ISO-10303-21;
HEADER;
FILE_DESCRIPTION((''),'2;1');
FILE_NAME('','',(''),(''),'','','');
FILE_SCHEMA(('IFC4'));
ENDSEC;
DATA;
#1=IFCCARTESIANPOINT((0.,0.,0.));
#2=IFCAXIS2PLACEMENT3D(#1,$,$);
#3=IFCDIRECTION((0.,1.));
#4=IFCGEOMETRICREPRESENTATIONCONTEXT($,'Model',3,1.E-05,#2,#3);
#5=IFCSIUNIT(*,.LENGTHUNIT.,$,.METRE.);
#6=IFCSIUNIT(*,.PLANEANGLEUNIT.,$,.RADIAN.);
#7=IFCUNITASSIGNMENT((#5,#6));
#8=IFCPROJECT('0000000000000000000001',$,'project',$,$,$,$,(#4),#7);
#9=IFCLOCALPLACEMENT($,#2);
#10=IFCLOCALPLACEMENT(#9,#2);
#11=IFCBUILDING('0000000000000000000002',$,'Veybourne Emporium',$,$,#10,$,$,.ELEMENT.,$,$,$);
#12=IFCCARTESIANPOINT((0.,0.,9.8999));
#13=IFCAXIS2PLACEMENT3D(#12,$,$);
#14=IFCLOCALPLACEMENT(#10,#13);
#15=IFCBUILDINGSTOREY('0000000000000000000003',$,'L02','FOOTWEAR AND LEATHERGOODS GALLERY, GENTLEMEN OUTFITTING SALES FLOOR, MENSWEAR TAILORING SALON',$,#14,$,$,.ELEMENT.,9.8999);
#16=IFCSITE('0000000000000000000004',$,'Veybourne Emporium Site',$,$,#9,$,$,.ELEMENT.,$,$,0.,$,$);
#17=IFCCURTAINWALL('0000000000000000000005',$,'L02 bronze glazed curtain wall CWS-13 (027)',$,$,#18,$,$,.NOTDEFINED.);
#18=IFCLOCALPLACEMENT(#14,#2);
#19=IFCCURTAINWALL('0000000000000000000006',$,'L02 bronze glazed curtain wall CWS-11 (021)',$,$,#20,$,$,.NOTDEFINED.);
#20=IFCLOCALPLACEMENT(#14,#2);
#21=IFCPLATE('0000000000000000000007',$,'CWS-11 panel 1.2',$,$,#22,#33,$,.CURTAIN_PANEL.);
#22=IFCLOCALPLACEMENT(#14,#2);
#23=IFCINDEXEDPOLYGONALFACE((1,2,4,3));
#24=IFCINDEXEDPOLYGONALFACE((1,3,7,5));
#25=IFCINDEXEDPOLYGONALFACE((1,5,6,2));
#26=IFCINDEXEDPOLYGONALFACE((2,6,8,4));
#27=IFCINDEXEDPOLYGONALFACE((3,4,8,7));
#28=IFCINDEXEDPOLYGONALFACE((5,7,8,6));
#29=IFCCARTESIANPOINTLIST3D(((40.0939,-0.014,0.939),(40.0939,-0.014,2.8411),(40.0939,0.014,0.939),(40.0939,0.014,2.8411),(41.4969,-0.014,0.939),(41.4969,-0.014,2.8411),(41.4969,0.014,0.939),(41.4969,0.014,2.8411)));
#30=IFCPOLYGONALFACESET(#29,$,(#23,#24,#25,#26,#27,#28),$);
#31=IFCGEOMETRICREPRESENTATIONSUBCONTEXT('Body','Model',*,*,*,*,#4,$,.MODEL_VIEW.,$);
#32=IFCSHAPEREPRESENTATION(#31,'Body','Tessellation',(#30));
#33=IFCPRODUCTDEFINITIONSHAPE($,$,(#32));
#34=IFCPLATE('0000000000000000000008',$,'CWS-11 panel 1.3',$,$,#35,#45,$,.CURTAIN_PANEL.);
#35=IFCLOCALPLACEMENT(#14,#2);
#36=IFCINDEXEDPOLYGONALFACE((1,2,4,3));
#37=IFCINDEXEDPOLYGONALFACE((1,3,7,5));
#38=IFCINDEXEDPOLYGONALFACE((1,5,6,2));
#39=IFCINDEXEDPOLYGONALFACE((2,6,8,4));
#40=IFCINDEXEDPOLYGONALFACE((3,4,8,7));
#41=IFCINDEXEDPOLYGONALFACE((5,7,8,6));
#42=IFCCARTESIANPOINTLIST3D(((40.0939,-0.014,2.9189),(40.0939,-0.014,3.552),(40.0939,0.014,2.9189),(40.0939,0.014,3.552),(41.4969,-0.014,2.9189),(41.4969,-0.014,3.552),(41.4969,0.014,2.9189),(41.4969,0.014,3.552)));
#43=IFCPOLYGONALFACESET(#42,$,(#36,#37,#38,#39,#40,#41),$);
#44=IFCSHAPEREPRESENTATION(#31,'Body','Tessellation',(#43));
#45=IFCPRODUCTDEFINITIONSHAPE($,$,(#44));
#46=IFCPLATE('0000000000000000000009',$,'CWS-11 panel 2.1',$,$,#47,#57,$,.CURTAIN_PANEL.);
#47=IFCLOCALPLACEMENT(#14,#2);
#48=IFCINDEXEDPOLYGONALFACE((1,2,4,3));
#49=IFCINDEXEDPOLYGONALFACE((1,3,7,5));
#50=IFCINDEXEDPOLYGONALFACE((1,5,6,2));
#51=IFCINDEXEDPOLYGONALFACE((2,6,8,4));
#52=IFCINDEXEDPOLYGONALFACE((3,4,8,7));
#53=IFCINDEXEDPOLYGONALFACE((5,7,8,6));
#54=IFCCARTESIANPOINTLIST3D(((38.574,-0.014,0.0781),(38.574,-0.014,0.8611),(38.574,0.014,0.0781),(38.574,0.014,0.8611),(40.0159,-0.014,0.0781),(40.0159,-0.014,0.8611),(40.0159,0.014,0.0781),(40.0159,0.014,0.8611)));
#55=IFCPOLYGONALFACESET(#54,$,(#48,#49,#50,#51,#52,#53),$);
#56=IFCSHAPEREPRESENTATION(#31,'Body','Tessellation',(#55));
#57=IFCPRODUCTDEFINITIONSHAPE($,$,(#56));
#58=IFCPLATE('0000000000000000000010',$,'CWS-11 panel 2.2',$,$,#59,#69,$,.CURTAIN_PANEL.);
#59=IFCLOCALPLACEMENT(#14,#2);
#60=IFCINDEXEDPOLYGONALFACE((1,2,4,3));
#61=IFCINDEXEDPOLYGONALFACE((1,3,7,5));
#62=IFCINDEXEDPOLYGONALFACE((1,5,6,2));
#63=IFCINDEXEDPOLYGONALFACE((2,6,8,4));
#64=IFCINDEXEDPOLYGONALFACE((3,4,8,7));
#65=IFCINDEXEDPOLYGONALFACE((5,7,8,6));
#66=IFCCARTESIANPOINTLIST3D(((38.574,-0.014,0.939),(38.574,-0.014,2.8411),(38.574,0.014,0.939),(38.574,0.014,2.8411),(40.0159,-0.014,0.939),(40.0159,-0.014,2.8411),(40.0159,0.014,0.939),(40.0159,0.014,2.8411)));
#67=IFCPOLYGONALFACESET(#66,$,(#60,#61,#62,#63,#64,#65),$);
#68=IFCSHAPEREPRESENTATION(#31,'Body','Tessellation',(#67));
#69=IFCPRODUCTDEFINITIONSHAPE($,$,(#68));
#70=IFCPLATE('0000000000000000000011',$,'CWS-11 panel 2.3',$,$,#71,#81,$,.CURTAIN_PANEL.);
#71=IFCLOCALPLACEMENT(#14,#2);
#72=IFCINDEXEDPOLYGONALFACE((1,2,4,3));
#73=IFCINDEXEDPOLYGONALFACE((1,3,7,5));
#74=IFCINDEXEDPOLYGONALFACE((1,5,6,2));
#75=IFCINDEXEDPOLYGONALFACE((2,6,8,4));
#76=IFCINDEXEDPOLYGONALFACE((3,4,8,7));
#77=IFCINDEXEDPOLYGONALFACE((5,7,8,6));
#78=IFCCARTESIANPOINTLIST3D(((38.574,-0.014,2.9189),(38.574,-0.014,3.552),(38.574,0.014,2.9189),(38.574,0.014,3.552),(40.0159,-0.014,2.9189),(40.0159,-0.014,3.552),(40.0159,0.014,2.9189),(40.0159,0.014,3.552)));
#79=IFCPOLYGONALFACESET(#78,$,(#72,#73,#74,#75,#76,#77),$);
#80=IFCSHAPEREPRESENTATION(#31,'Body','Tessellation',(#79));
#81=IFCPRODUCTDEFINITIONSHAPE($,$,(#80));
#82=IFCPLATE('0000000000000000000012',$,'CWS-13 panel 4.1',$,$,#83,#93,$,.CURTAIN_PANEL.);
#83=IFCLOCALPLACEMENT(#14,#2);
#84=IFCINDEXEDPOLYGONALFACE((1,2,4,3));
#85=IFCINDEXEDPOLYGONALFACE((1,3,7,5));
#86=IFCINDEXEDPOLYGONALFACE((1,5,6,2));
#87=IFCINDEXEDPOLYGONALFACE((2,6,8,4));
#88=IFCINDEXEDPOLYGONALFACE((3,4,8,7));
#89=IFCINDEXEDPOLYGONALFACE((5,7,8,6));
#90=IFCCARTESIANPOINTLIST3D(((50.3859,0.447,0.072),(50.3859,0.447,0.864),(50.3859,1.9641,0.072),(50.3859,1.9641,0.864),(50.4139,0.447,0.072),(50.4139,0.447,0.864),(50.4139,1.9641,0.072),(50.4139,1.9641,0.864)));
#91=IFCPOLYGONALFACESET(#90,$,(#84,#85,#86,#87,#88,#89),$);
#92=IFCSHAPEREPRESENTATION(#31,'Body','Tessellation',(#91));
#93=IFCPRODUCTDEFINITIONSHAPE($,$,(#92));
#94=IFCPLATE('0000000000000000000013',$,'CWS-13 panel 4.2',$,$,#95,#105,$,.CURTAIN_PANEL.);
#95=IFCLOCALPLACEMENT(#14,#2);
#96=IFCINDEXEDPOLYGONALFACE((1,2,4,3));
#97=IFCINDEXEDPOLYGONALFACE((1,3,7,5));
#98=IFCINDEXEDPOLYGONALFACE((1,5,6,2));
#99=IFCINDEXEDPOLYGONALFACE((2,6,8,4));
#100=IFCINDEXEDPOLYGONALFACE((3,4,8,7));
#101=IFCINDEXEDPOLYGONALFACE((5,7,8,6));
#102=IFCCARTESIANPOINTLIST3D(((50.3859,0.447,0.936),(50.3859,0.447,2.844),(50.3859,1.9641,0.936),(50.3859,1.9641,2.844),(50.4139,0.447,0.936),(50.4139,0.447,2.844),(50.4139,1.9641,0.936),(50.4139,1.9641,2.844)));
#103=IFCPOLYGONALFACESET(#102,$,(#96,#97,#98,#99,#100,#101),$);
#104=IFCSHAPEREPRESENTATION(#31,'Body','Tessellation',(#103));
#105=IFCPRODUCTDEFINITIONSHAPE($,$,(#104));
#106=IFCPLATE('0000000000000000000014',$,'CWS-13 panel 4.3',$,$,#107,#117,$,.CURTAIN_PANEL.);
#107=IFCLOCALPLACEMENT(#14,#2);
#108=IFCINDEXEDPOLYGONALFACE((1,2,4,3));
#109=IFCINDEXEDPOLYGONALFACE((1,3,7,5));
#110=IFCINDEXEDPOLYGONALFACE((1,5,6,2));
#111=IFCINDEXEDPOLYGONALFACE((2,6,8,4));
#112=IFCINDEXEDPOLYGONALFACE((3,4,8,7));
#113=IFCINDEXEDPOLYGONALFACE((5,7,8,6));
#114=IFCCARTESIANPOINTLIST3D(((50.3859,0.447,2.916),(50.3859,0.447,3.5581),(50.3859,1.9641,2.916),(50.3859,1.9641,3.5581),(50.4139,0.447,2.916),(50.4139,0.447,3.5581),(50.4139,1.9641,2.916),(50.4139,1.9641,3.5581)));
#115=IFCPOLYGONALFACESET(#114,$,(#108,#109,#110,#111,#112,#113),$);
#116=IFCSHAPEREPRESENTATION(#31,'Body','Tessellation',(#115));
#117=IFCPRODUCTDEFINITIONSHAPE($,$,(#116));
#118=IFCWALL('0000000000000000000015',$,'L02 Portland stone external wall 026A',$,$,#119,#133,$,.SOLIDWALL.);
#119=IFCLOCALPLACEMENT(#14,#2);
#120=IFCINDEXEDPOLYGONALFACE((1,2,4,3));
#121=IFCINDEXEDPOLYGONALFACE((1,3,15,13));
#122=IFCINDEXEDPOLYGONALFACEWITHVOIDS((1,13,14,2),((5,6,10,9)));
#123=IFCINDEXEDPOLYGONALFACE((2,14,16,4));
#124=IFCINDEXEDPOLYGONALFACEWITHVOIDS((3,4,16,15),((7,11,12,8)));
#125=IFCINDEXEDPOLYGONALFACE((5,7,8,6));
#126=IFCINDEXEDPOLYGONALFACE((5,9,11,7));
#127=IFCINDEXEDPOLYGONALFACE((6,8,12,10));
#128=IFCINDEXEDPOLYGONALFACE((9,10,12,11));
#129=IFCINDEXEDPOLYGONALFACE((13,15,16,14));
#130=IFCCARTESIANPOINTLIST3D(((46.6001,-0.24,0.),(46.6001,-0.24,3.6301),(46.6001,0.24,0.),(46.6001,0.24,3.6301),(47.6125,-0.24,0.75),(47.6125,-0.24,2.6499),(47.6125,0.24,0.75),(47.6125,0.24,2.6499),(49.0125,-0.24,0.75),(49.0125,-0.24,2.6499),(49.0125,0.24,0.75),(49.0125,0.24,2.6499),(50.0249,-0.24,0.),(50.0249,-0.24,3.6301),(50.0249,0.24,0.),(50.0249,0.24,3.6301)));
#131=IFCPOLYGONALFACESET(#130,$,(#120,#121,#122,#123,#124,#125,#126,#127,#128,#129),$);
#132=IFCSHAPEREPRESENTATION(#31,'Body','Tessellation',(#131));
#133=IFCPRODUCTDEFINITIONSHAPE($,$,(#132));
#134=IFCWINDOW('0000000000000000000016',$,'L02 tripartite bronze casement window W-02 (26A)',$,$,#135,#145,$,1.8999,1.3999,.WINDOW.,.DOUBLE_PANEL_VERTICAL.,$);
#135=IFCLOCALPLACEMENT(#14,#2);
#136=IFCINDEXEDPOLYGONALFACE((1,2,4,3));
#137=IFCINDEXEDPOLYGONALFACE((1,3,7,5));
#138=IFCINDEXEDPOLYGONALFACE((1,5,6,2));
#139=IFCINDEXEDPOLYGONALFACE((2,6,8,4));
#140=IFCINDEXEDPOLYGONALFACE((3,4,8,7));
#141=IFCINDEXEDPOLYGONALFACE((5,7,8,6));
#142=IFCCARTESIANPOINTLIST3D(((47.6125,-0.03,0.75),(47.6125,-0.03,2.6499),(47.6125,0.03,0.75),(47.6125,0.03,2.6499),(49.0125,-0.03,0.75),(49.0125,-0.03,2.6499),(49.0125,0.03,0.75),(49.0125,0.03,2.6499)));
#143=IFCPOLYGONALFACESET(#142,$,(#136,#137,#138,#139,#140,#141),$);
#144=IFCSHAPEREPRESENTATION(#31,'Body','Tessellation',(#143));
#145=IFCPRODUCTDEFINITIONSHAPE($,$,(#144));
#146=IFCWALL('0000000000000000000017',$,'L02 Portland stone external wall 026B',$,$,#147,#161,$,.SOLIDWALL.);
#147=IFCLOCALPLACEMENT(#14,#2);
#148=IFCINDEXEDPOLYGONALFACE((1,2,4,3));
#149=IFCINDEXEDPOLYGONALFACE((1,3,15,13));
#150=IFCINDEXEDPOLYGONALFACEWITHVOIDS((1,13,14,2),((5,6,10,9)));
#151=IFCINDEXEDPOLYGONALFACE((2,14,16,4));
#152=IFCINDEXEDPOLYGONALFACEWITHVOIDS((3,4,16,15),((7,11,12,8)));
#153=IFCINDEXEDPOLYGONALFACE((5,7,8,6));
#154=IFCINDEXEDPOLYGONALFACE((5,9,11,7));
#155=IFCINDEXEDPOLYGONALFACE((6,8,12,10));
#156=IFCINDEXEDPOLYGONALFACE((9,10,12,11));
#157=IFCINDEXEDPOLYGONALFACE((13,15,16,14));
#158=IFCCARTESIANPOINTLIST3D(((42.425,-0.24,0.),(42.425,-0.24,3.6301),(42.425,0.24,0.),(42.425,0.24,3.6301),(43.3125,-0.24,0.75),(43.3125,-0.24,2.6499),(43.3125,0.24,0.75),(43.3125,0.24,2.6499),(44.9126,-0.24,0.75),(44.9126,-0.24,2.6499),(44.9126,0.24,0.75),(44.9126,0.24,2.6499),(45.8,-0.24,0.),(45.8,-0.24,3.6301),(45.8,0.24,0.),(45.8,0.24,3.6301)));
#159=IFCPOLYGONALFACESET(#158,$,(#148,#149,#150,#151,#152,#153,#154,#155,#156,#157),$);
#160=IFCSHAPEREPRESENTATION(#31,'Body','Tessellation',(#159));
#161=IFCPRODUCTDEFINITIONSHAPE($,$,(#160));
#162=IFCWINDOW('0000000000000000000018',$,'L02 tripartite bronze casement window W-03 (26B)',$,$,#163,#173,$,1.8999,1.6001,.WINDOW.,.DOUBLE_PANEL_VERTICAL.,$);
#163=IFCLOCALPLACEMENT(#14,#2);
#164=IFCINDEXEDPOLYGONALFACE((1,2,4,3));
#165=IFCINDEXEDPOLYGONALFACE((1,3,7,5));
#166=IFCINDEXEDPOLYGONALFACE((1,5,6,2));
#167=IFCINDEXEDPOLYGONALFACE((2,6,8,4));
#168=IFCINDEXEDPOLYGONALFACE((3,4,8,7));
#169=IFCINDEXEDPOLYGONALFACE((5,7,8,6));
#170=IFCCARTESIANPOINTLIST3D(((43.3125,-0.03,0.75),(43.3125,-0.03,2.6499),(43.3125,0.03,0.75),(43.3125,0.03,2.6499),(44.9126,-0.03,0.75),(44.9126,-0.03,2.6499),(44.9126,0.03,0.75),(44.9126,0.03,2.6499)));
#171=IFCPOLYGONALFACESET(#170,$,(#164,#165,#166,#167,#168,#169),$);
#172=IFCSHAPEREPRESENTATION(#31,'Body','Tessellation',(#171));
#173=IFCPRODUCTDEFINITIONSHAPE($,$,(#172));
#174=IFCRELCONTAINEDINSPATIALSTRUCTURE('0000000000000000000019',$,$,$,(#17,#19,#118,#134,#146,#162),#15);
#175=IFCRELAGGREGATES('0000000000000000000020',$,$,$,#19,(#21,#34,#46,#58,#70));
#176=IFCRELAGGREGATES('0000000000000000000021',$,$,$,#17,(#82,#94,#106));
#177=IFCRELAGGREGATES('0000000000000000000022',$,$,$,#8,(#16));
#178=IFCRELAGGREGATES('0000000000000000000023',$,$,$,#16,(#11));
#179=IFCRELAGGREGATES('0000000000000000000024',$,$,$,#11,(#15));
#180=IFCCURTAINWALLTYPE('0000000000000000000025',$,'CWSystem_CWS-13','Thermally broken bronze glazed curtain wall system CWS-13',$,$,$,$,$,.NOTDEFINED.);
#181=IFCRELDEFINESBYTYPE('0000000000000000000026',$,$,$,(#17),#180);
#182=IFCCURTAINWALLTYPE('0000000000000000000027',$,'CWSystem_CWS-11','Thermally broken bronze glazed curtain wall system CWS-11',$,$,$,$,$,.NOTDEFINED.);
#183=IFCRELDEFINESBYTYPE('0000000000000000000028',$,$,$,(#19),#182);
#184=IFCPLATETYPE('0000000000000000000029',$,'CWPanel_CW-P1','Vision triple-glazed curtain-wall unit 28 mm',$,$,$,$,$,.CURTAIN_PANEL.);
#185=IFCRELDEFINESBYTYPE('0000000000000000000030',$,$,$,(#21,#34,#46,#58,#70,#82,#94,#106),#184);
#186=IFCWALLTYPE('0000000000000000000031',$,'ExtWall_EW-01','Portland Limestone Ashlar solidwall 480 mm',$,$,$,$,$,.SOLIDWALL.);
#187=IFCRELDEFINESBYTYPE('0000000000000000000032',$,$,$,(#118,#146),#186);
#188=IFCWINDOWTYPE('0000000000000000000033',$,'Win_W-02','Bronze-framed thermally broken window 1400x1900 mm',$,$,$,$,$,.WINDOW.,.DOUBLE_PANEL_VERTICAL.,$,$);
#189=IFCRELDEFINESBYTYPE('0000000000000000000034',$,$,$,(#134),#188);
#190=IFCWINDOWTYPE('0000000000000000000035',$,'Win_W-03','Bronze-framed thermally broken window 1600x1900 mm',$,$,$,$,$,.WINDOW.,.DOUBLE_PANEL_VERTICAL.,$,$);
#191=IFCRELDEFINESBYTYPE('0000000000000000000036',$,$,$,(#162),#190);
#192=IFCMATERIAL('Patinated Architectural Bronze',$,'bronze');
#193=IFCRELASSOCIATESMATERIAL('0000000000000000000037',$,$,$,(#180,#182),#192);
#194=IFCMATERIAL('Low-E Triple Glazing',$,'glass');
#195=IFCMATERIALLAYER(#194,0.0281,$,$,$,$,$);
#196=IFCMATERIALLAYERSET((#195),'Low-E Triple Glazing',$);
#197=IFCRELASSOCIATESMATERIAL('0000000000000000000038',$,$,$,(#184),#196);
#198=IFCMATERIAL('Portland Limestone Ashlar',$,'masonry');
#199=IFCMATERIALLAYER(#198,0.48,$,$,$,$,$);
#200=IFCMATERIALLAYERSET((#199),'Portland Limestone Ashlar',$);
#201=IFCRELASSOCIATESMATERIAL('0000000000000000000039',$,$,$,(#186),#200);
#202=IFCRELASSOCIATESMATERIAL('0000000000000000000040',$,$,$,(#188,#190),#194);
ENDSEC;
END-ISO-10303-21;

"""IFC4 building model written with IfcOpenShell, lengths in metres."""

from ifc_helpers import new_model, si_unit, direction, frame, frame_2d, origin, origin_2d, place, context, subcontext, project, spatial, rectangle, extrude, material, layer, layer_set, type_object, element, fill, aggregate, save


model = new_model("IFC4")

# Units and contexts
model_context = context("Model", 3, precision=1e-05, world=origin(), true_north=direction((0.0, 1.0)))
body_context = subcontext(model_context, "Body", "Model", "MODEL_VIEW")
ifc_project = project(units=[si_unit("LENGTHUNIT", "METRE"), si_unit("PLANEANGLEUNIT", "RADIAN")], contexts=[model_context])

# Site, building, storey
site_placement = place(None, origin())
site = spatial("IfcSite", under=ifc_project, at=site_placement, Name="Veybourne Emporium Site", CompositionType="ELEMENT", RefElevation=0.0)
building_placement = place(site_placement, origin())
building = spatial("IfcBuilding", under=site, at=building_placement, Name="Veybourne Emporium", CompositionType="ELEMENT")
storey_placement = place(building_placement, frame((0.0, 0.0, 9.8999)))
storey = spatial("IfcBuildingStorey", under=building, at=storey_placement, Name="L02", Description="FOOTWEAR AND LEATHERGOODS GALLERY, GENTLEMEN OUTFITTING SALES FLOOR, MENSWEAR TAILORING SALON", CompositionType="ELEMENT", Elevation=9.8999)

# Curtain wall
ifc_material_1 = material(Name="Patinated Architectural Bronze", Category="bronze")
curtain_wall_type_1 = type_object("IfcCurtainWallType", Name="CWSystem_CWS-13", Description="Thermally broken bronze glazed curtain wall system CWS-13", PredefinedType="NOTDEFINED", material=ifc_material_1)
curtain_wall_1_placement = place(storey_placement, origin())
curtain_wall_1 = element("IfcCurtainWall", 1, at=curtain_wall_1_placement, inside=storey, type_object=curtain_wall_type_1, Name="L02 bronze glazed curtain wall CWS-13 (027)", PredefinedType="NOTDEFINED")

# Curtain wall
curtain_wall_type_2 = type_object("IfcCurtainWallType", Name="CWSystem_CWS-11", Description="Thermally broken bronze glazed curtain wall system CWS-11", PredefinedType="NOTDEFINED", material=ifc_material_1)
curtain_wall_2_placement = place(storey_placement, origin())
curtain_wall_2 = element("IfcCurtainWall", 2, at=curtain_wall_2_placement, inside=storey, type_object=curtain_wall_type_2, Name="L02 bronze glazed curtain wall CWS-11 (021)", PredefinedType="NOTDEFINED")

# Plates
ifc_material_2 = material(Name="Low-E Triple Glazing", Category="glass")
ifc_layer_1 = layer(ifc_material_2, 0.0281)
ifc_layer_set_1 = layer_set([ifc_layer_1], Name="Low-E Triple Glazing")
plate_type = type_object("IfcPlateType", Name="CWPanel_CW-P1", Description="Vision triple-glazed curtain-wall unit 28 mm", PredefinedType="CURTAIN_PANEL", material=ifc_layer_set_1)
plate_1_placement = place(storey_placement, frame((40.7954, 0.0, 0.939), z_axis=(0.0, 0.0, 1.0), x_axis=(-1.0, 0.0, 0.0)))
plate_1 = element("IfcPlate", 3, at=plate_1_placement, type_object=plate_type, Name="CWS-11 panel 1.2", PredefinedType="CURTAIN_PANEL", context=body_context, shape_type="SweptSolid", body=[
    extrude(rectangle(XDim=1.4031, YDim=0.0281, at=origin_2d()), origin(), (0.0, 0.0, 1.0), 1.9021),
])
plate_2_placement = place(storey_placement, frame((40.7954, 0.0, 2.9189), z_axis=(0.0, 0.0, 1.0), x_axis=(-1.0, 0.0, 0.0)))
plate_2 = element("IfcPlate", 4, at=plate_2_placement, type_object=plate_type, Name="CWS-11 panel 1.3", PredefinedType="CURTAIN_PANEL", context=body_context, shape_type="SweptSolid", body=[
    extrude(rectangle(XDim=1.4031, YDim=0.0281, at=origin_2d()), origin(), (0.0, 0.0, 1.0), 0.6331),
])
plate_3_placement = place(storey_placement, frame((39.2949, 0.0, 0.0781), z_axis=(0.0, 0.0, 1.0), x_axis=(-1.0, 0.0, 0.0)))
plate_3 = element("IfcPlate", 5, at=plate_3_placement, type_object=plate_type, Name="CWS-11 panel 2.1", PredefinedType="CURTAIN_PANEL", context=body_context, shape_type="SweptSolid", body=[
    extrude(rectangle(XDim=1.4419, YDim=0.0281, at=origin_2d()), origin(), (0.0, 0.0, 1.0), 0.783),
])
plate_4_placement = place(storey_placement, frame((39.2949, 0.0, 0.939), z_axis=(0.0, 0.0, 1.0), x_axis=(-1.0, 0.0, 0.0)))
plate_4 = element("IfcPlate", 6, at=plate_4_placement, type_object=plate_type, Name="CWS-11 panel 2.2", PredefinedType="CURTAIN_PANEL", context=body_context, shape_type="SweptSolid", body=[
    extrude(rectangle(XDim=1.4419, YDim=0.0281, at=origin_2d()), origin(), (0.0, 0.0, 1.0), 1.9021),
])
plate_5_placement = place(storey_placement, frame((39.2949, 0.0, 2.9189), z_axis=(0.0, 0.0, 1.0), x_axis=(-1.0, 0.0, 0.0)))
plate_5 = element("IfcPlate", 7, at=plate_5_placement, type_object=plate_type, Name="CWS-11 panel 2.3", PredefinedType="CURTAIN_PANEL", context=body_context, shape_type="SweptSolid", body=[
    extrude(rectangle(XDim=1.4419, YDim=0.0281, at=origin_2d()), origin(), (0.0, 0.0, 1.0), 0.6331),
])
aggregate(curtain_wall_2, [plate_1, plate_2, plate_3, plate_4, plate_5])
plate_6_placement = place(storey_placement, frame((50.3999, 1.2056, 0.072), z_axis=(0.0, 0.0, 1.0), x_axis=(0.0, -1.0, 0.0)))
plate_6 = element("IfcPlate", 8, at=plate_6_placement, type_object=plate_type, Name="CWS-13 panel 4.1", PredefinedType="CURTAIN_PANEL", context=body_context, shape_type="SweptSolid", body=[
    extrude(rectangle(XDim=1.5171, YDim=0.0281, at=origin_2d()), origin(), (0.0, 0.0, 1.0), 0.792),
])
plate_7_placement = place(storey_placement, frame((50.3999, 1.2056, 0.936), z_axis=(0.0, 0.0, 1.0), x_axis=(0.0, -1.0, 0.0)))
plate_7 = element("IfcPlate", 9, at=plate_7_placement, type_object=plate_type, Name="CWS-13 panel 4.2", PredefinedType="CURTAIN_PANEL", context=body_context, shape_type="SweptSolid", body=[
    extrude(rectangle(XDim=1.5171, YDim=0.0281, at=origin_2d()), origin(), (0.0, 0.0, 1.0), 1.908),
])
plate_8_placement = place(storey_placement, frame((50.3999, 1.2056, 2.916), z_axis=(0.0, 0.0, 1.0), x_axis=(0.0, -1.0, 0.0)))
plate_8 = element("IfcPlate", 10, at=plate_8_placement, type_object=plate_type, Name="CWS-13 panel 4.3", PredefinedType="CURTAIN_PANEL", context=body_context, shape_type="SweptSolid", body=[
    extrude(rectangle(XDim=1.5171, YDim=0.0281, at=origin_2d()), origin(), (0.0, 0.0, 1.0), 0.6421),
])
aggregate(curtain_wall_1, [plate_6, plate_7, plate_8])

# Walls, openings, windows
ifc_material_3 = material(Name="Portland Limestone Ashlar", Category="masonry")
ifc_layer_2 = layer(ifc_material_3, 0.48)
ifc_layer_set_2 = layer_set([ifc_layer_2], Name="Portland Limestone Ashlar")
wall_type = type_object("IfcWallType", Name="ExtWall_EW-01", Description="Portland Limestone Ashlar solidwall 480 mm", PredefinedType="SOLIDWALL", material=ifc_layer_set_2)
wall_1_placement = place(storey_placement, frame((50.0249, 0.0, 0.0), z_axis=(0.0, 0.0, 1.0), x_axis=(-1.0, 0.0, 0.0)))
wall_1 = element("IfcWall", 11, at=wall_1_placement, inside=storey, type_object=wall_type, Name="L02 Portland stone external wall 026A", PredefinedType="SOLIDWALL", context=body_context, shape_type="SweptSolid", body=[
    extrude(rectangle(XDim=3.4248, YDim=0.48, at=frame_2d((1.7124, 0.0))), origin(), (0.0, 0.0, 1.0), 3.6301),
])
opening_1_placement = place(wall_1_placement, frame((1.0125, 0.0, 0.75)))
opening_1 = element("IfcOpeningElement", 12, at=opening_1_placement, cuts=wall_1, PredefinedType="OPENING", context=body_context, shape_type="SweptSolid", body=[
    extrude(rectangle(XDim=1.3999, YDim=1.8999, at=frame_2d((0.7, 0.95))), frame((0.0, 0.26, 0.0), z_axis=(0.0, -1.0, 0.0), x_axis=(1.0, 0.0, 0.0)), (0.0, 0.0, 1.0), 0.52),
])
window_type_1 = type_object("IfcWindowType", Name="Win_W-02", Description="Bronze-framed thermally broken window 1400x1900 mm", PartitioningType="DOUBLE_PANEL_VERTICAL", PredefinedType="WINDOW", material=ifc_material_2)
window_1_placement = place(opening_1_placement, origin())
window_1 = element("IfcWindow", 13, at=window_1_placement, inside=storey, type_object=window_type_1, Name="L02 tripartite bronze casement window W-02 (26A)", OverallHeight=1.8999, OverallWidth=1.3999, PartitioningType="DOUBLE_PANEL_VERTICAL", PredefinedType="WINDOW", context=body_context, shape_type="SweptSolid", body=[
    extrude(rectangle(XDim=1.3999, YDim=1.8999, at=frame_2d((0.7, 0.95))), frame((0.0, 0.03, 0.0), z_axis=(0.0, -1.0, 0.0), x_axis=(1.0, 0.0, 0.0)), (0.0, 0.0, 1.0), 0.0601),
])
fill(opening_1, window_1)
wall_2_placement = place(storey_placement, frame((45.8, 0.0, 0.0), z_axis=(0.0, 0.0, 1.0), x_axis=(-1.0, 0.0, 0.0)))
wall_2 = element("IfcWall", 14, at=wall_2_placement, inside=storey, type_object=wall_type, Name="L02 Portland stone external wall 026B", PredefinedType="SOLIDWALL", context=body_context, shape_type="SweptSolid", body=[
    extrude(rectangle(XDim=3.375, YDim=0.48, at=frame_2d((1.6875, 0.0))), origin(), (0.0, 0.0, 1.0), 3.6301),
])
opening_2_placement = place(wall_2_placement, frame((0.8875, 0.0, 0.75)))
opening_2 = element("IfcOpeningElement", 15, at=opening_2_placement, cuts=wall_2, PredefinedType="OPENING", context=body_context, shape_type="SweptSolid", body=[
    extrude(rectangle(XDim=1.6001, YDim=1.8999, at=frame_2d((0.8, 0.95))), frame((0.0, 0.26, 0.0), z_axis=(0.0, -1.0, 0.0), x_axis=(1.0, 0.0, 0.0)), (0.0, 0.0, 1.0), 0.52),
])
window_type_2 = type_object("IfcWindowType", Name="Win_W-03", Description="Bronze-framed thermally broken window 1600x1900 mm", PartitioningType="DOUBLE_PANEL_VERTICAL", PredefinedType="WINDOW", material=ifc_material_2)
window_2_placement = place(opening_2_placement, origin())
window_2 = element("IfcWindow", 16, at=window_2_placement, inside=storey, type_object=window_type_2, Name="L02 tripartite bronze casement window W-03 (26B)", OverallHeight=1.8999, OverallWidth=1.6001, PartitioningType="DOUBLE_PANEL_VERTICAL", PredefinedType="WINDOW", context=body_context, shape_type="SweptSolid", body=[
    extrude(rectangle(XDim=1.6001, YDim=1.8999, at=frame_2d((0.8, 0.95))), frame((0.0, 0.03, 0.0), z_axis=(0.0, -1.0, 0.0), x_axis=(1.0, 0.0, 0.0)), (0.0, 0.0, 1.0), 0.0601),
])
fill(opening_2, window_2)

save(model, "model.ifc")
